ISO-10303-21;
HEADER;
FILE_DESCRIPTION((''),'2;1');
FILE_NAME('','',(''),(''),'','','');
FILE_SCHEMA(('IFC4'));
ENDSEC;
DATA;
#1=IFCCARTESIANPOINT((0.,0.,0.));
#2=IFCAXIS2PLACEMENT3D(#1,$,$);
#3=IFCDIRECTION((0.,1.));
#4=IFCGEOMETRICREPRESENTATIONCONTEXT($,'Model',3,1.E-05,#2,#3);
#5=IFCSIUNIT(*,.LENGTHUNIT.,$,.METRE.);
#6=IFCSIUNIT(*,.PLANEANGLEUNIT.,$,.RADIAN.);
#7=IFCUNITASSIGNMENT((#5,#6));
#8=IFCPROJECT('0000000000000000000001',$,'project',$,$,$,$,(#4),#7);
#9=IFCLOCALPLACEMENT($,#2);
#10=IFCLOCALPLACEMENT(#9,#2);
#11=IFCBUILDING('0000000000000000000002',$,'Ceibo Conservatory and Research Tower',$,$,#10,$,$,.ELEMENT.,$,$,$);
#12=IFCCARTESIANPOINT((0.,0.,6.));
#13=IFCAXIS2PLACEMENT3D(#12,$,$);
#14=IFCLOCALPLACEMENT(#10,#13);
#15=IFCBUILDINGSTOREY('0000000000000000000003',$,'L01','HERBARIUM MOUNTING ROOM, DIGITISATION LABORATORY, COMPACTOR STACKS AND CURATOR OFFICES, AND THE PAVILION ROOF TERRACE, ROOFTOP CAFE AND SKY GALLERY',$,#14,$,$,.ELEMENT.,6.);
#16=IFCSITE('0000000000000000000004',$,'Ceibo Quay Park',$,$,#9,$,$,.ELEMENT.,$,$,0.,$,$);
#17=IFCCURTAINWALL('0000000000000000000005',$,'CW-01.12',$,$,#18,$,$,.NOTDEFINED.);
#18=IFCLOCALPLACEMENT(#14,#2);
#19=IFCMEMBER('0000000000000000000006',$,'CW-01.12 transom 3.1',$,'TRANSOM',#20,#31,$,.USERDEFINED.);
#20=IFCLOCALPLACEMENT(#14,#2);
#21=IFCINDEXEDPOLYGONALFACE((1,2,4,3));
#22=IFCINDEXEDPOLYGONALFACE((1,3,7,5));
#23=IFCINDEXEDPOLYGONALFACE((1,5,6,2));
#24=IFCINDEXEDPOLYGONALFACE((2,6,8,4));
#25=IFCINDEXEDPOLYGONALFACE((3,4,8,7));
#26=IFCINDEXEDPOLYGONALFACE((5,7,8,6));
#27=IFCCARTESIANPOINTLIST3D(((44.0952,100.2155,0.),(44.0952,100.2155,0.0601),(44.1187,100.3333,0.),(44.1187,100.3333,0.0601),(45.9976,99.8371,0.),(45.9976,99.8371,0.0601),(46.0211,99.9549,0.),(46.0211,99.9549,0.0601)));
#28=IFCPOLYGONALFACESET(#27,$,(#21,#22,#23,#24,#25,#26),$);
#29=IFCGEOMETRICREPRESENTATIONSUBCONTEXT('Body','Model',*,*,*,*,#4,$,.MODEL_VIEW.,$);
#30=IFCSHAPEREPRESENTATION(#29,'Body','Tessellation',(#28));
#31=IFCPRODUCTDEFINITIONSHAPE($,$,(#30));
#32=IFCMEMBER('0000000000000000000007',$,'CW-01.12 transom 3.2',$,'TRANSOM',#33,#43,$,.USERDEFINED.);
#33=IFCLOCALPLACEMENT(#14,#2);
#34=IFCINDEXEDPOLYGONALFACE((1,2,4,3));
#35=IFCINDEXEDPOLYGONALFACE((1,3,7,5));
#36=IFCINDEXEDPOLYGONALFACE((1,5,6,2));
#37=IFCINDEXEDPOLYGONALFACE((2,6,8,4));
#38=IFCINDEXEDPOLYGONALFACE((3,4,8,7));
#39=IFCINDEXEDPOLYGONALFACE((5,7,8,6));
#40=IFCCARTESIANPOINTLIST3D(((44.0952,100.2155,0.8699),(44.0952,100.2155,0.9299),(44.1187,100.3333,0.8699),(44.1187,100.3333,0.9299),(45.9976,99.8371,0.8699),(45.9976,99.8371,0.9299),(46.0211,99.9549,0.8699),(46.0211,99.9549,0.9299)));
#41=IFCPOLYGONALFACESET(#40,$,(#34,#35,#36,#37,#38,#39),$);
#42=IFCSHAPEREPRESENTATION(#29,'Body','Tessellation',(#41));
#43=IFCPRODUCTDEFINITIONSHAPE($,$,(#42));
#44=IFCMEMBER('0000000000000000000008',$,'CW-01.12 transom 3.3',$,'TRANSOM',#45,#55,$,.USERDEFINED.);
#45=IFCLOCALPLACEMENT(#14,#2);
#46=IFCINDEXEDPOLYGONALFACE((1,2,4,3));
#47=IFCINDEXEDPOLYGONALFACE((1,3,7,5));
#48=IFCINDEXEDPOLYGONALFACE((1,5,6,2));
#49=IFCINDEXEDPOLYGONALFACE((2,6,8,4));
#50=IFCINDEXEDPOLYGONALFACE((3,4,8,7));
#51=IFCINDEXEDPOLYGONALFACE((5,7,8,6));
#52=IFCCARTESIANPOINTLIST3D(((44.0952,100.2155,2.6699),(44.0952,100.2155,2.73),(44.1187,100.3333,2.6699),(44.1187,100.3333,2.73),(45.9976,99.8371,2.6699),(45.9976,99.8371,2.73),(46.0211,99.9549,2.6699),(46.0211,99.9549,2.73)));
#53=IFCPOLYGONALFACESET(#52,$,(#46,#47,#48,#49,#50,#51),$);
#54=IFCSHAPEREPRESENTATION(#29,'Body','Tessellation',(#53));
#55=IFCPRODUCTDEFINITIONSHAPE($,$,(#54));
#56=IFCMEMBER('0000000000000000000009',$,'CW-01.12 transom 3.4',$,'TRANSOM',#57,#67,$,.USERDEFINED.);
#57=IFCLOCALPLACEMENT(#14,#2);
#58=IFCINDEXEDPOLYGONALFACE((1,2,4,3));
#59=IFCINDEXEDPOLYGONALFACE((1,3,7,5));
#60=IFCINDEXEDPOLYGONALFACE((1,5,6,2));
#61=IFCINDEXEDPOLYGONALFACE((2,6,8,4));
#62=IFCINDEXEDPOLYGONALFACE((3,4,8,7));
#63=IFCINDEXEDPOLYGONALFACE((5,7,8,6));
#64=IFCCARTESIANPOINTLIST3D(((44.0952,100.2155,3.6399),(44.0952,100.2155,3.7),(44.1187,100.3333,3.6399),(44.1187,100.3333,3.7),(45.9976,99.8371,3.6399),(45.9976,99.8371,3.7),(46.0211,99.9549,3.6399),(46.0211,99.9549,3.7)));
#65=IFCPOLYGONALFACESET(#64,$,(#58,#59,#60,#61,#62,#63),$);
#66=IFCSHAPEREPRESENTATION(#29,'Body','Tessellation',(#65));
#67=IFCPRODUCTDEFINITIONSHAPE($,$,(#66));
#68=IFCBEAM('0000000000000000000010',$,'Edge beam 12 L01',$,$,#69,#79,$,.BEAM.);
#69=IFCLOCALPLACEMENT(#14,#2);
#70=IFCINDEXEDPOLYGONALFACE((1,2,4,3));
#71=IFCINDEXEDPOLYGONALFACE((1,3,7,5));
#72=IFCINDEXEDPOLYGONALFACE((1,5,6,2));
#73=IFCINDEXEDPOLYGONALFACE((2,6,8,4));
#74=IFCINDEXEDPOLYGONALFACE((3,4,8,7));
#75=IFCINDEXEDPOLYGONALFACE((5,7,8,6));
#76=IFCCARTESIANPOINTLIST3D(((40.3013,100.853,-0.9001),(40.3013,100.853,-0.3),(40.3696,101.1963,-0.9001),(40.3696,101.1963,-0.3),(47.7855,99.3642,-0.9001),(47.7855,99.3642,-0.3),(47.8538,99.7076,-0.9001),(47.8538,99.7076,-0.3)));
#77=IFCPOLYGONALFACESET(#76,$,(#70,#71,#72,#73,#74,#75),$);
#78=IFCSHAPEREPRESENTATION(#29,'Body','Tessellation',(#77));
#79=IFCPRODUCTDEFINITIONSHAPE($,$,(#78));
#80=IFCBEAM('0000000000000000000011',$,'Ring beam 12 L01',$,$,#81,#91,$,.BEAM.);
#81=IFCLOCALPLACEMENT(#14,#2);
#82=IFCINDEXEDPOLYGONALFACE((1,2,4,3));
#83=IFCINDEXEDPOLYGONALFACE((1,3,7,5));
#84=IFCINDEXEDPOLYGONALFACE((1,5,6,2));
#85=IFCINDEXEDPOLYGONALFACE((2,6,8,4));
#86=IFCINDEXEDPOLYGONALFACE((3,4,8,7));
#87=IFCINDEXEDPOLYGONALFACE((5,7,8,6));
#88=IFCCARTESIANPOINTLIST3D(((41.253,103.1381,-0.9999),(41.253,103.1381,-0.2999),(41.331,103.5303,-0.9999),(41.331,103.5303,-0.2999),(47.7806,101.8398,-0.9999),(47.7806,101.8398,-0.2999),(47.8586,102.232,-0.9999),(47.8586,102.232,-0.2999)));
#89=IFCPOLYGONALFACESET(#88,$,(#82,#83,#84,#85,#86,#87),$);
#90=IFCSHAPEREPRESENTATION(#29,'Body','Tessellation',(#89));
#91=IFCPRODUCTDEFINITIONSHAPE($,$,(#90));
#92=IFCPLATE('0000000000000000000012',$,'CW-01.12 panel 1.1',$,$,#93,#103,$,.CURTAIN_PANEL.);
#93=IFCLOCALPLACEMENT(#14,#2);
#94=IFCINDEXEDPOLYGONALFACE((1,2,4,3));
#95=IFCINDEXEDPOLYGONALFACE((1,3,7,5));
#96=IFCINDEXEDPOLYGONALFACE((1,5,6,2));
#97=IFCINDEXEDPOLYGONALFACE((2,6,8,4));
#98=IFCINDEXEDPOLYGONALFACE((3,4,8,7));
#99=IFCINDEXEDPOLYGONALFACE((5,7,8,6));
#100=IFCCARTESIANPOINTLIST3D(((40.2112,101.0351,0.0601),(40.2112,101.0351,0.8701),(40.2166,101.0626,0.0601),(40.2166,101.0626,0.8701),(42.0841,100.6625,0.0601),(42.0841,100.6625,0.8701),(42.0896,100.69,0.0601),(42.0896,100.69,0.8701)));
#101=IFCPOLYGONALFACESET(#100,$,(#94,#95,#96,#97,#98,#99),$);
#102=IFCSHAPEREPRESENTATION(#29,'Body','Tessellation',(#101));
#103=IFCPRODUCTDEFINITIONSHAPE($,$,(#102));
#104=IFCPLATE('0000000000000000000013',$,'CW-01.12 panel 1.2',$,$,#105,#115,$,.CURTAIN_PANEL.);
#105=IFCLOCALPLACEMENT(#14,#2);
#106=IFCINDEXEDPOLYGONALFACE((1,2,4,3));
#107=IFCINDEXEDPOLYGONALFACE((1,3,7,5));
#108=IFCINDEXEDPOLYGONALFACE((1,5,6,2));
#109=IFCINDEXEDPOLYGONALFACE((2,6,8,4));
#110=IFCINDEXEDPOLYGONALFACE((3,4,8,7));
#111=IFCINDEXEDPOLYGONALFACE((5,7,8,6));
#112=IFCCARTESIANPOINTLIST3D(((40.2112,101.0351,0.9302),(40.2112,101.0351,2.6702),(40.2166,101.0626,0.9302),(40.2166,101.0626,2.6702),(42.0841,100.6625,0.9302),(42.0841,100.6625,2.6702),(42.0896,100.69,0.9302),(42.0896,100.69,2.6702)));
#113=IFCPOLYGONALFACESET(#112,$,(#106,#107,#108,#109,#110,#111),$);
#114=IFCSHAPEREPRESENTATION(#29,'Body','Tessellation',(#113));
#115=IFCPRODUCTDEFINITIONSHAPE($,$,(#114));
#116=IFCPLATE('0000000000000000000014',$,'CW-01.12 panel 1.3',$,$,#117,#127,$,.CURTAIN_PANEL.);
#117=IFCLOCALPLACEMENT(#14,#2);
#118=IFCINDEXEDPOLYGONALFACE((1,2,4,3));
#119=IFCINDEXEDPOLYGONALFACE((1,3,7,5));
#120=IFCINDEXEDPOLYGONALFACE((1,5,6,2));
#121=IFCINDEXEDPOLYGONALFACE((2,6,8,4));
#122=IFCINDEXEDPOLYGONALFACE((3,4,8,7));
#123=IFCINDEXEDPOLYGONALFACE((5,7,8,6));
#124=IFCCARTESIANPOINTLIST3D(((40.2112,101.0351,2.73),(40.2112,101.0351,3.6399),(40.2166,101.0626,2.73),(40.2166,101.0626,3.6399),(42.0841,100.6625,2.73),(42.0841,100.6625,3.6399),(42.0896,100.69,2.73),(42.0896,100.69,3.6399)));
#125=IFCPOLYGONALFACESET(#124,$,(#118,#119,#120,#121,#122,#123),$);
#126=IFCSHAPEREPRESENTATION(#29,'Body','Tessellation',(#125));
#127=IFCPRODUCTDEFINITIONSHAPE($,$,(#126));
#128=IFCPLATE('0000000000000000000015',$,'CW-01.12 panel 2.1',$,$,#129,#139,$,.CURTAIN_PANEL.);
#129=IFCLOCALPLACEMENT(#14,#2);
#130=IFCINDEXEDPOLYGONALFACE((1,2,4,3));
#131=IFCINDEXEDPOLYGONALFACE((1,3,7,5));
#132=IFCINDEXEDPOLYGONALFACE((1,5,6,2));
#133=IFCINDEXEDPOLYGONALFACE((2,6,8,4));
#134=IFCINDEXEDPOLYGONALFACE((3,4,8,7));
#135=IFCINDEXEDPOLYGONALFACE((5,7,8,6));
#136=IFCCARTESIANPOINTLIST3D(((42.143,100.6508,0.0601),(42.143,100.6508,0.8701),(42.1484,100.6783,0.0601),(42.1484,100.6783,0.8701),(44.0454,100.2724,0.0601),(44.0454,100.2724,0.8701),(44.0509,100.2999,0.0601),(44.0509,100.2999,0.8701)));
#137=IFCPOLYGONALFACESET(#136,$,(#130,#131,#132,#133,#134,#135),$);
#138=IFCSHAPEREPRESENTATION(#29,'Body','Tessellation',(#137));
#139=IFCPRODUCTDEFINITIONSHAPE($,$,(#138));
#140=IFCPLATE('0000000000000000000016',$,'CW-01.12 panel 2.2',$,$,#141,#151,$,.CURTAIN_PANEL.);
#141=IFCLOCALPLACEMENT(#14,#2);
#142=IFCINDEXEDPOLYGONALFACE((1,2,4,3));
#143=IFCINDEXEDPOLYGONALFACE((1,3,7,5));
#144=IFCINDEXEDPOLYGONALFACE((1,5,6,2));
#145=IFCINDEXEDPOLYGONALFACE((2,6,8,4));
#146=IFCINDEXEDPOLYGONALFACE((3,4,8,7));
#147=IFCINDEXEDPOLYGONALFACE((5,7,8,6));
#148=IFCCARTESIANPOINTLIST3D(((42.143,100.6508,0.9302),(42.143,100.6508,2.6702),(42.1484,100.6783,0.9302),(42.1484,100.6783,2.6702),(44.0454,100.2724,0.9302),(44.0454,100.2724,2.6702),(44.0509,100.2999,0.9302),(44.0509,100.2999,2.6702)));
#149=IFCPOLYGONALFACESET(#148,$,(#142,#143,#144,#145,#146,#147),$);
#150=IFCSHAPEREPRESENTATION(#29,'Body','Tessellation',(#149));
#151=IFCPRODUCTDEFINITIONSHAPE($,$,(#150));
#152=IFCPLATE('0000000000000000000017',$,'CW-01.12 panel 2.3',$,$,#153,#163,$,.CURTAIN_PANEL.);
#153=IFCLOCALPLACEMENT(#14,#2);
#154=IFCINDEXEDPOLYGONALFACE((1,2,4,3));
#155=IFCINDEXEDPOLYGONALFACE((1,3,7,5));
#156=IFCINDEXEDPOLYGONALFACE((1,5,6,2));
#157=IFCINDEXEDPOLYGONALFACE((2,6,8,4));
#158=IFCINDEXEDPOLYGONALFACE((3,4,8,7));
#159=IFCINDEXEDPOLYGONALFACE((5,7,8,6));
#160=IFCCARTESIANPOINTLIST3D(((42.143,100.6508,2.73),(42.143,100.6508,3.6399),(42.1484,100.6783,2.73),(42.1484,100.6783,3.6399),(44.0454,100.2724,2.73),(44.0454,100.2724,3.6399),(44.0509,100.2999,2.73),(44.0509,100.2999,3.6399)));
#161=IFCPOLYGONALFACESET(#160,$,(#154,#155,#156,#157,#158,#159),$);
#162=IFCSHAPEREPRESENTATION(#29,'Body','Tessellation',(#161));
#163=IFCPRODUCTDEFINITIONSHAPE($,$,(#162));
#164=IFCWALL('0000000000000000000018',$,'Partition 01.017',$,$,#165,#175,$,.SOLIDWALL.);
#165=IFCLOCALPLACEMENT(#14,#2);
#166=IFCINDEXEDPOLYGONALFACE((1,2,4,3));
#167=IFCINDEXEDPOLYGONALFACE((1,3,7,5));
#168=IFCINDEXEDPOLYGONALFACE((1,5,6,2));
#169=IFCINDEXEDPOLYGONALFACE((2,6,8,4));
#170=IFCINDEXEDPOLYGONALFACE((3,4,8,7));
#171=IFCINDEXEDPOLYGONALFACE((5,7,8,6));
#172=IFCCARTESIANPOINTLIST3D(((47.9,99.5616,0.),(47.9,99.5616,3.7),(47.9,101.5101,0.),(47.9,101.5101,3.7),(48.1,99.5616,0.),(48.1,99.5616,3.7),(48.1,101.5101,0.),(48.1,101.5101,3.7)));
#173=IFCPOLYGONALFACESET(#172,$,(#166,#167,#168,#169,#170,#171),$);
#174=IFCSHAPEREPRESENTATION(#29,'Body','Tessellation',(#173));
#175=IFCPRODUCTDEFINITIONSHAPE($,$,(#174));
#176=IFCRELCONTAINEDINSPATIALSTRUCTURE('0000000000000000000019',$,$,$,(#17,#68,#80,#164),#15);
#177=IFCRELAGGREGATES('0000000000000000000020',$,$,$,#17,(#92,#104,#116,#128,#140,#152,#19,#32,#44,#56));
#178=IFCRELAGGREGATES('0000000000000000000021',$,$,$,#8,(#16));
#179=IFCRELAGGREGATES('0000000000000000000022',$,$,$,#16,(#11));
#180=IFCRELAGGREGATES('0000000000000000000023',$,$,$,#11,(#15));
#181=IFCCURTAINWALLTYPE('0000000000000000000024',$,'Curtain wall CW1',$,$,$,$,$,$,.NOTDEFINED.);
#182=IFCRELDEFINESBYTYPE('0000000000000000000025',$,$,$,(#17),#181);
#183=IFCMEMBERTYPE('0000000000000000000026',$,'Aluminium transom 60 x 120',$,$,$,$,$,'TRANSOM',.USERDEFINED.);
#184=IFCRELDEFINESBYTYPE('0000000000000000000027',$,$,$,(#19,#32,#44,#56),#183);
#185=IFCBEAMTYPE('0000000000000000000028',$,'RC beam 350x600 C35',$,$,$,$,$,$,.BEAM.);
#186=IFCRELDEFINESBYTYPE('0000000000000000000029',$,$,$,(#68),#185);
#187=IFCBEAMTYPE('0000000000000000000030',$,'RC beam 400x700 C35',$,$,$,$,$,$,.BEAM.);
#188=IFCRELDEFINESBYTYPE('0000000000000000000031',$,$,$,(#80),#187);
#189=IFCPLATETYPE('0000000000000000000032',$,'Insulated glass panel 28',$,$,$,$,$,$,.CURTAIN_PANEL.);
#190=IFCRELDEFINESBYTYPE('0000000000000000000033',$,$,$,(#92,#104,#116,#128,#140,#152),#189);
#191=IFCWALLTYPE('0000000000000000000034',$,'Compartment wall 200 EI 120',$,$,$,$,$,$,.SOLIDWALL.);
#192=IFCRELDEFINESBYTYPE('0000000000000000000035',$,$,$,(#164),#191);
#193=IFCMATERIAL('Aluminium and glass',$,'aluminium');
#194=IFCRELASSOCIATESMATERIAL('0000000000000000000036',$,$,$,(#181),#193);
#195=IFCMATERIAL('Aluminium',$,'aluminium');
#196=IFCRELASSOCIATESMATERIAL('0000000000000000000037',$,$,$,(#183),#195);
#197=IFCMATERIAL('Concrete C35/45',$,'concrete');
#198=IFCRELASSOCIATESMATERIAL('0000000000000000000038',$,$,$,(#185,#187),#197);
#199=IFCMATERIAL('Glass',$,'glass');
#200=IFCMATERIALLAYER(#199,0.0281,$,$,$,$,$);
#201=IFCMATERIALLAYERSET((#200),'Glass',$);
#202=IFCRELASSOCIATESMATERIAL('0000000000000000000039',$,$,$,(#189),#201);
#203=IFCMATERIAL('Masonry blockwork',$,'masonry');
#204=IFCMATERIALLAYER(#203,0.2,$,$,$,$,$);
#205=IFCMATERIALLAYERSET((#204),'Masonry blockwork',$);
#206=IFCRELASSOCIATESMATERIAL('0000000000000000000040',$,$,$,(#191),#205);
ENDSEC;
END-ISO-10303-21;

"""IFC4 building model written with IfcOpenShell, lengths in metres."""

from ifc_helpers import new_model, si_unit, direction, frame, frame_2d, origin, origin_2d, place, context, subcontext, project, spatial, rectangle, extrude, material, layer, layer_set, material_profile, profile_set, type_object, element, aggregate, save


model = new_model("IFC4")

# Units and contexts
model_context = context("Model", 3, precision=1e-05, world=origin(), true_north=direction((0.0, 1.0)))
body_context = subcontext(model_context, "Body", "Model", "MODEL_VIEW")
ifc_project = project(units=[si_unit("LENGTHUNIT", "METRE"), si_unit("PLANEANGLEUNIT", "RADIAN")], contexts=[model_context])

# Site, building, storey
site_placement = place(None, origin())
site = spatial("IfcSite", under=ifc_project, at=site_placement, Name="Ceibo Quay Park", CompositionType="ELEMENT", RefElevation=0.0)
building_placement = place(site_placement, origin())
building = spatial("IfcBuilding", under=site, at=building_placement, Name="Ceibo Conservatory and Research Tower", CompositionType="ELEMENT")
storey_placement = place(building_placement, frame((0.0, 0.0, 6.0)))
storey = spatial("IfcBuildingStorey", under=building, at=storey_placement, Name="L01", Description="HERBARIUM MOUNTING ROOM, DIGITISATION LABORATORY, COMPACTOR STACKS AND CURATOR OFFICES, AND THE PAVILION ROOF TERRACE, ROOFTOP CAFE AND SKY GALLERY", CompositionType="ELEMENT", Elevation=6.0)

# Curtain wall, members
ifc_material_1 = material(Name="Aluminium and glass", Category="aluminium")
curtain_wall_type = type_object("IfcCurtainWallType", Name="Curtain wall CW1", PredefinedType="NOTDEFINED", material=ifc_material_1)
curtain_wall_placement = place(storey_placement, origin())
curtain_wall = element("IfcCurtainWall", 1, at=curtain_wall_placement, inside=storey, type_object=curtain_wall_type, Name="CW-01.12", PredefinedType="NOTDEFINED")
ifc_material_2 = material(Name="Aluminium", Category="aluminium")
ifc_material_profile_1 = material_profile(ifc_material_2, rectangle(XDim=0.1201, YDim=0.0601, at=origin_2d()), Name="Aluminium 60 x 120")
ifc_profile_set_1 = profile_set([ifc_material_profile_1], Name="Aluminium")
member_type_1 = type_object("IfcMemberType", Name="Aluminium transom 60 x 120", ElementType="TRANSOM", PredefinedType="USERDEFINED", material=ifc_profile_set_1)
member_1_placement = place(storey_placement, frame((44.1069, 100.2744, 0.03), z_axis=(0.980783, -0.195099, 0.0), x_axis=(0.195099, 0.980783, 0.0)))
member_1 = element("IfcMember", 2, at=member_1_placement, type_object=member_type_1, Name="CW-01.12 transom 3.1", ObjectType="TRANSOM", PredefinedType="USERDEFINED", context=body_context, shape_type="SweptSolid", body=[
    extrude(rectangle(XDim=0.1201, YDim=0.0601, at=origin_2d()), origin(), (0.0, 0.0, 1.0), 1.9397),
])
member_2_placement = place(storey_placement, frame((44.1069, 100.2744, 0.8999), z_axis=(0.980783, -0.195099, 0.0), x_axis=(0.195099, 0.980783, 0.0)))
member_2 = element("IfcMember", 3, at=member_2_placement, type_object=member_type_1, Name="CW-01.12 transom 3.2", ObjectType="TRANSOM", PredefinedType="USERDEFINED", context=body_context, shape_type="SweptSolid", body=[
    extrude(rectangle(XDim=0.1201, YDim=0.0601, at=origin_2d()), origin(), (0.0, 0.0, 1.0), 1.9397),
])
member_3_placement = place(storey_placement, frame((44.1069, 100.2744, 2.7), z_axis=(0.980783, -0.195099, 0.0), x_axis=(0.195099, 0.980783, 0.0)))
member_3 = element("IfcMember", 4, at=member_3_placement, type_object=member_type_1, Name="CW-01.12 transom 3.3", ObjectType="TRANSOM", PredefinedType="USERDEFINED", context=body_context, shape_type="SweptSolid", body=[
    extrude(rectangle(XDim=0.1201, YDim=0.0601, at=origin_2d()), origin(), (0.0, 0.0, 1.0), 1.9397),
])
member_4_placement = place(storey_placement, frame((44.1069, 100.2744, 3.6699), z_axis=(0.980783, -0.195099, 0.0), x_axis=(0.195099, 0.980783, 0.0)))
member_4 = element("IfcMember", 5, at=member_4_placement, type_object=member_type_1, Name="CW-01.12 transom 3.4", ObjectType="TRANSOM", PredefinedType="USERDEFINED", context=body_context, shape_type="SweptSolid", body=[
    extrude(rectangle(XDim=0.1201, YDim=0.0601, at=origin_2d()), origin(), (0.0, 0.0, 1.0), 1.9397),
])

# Beams
ifc_material_3 = material(Name="Concrete C35/45", Category="concrete")
ifc_material_profile_2 = material_profile(ifc_material_3, rectangle(XDim=0.3501, YDim=0.6001, at=origin_2d()), Name="RC 350x600")
ifc_profile_set_2 = profile_set([ifc_material_profile_2], Name="Concrete C35/45")
beam_type_1 = type_object("IfcBeamType", Name="RC beam 350x600 C35", PredefinedType="BEAM", material=ifc_profile_set_2)
beam_1_placement = place(storey_placement, frame((40.3354, 101.0247, -0.6001), z_axis=(0.980783, -0.195101, 0.0), x_axis=(0.195101, 0.980783, 0.0)))
element("IfcBeam", 6, at=beam_1_placement, inside=storey, type_object=beam_type_1, Name="Edge beam 12 L01", PredefinedType="BEAM", context=body_context, shape_type="SweptSolid", body=[
    extrude(rectangle(XDim=0.3501, YDim=0.6001, at=origin_2d()), origin(), (0.0, 0.0, 1.0), 7.6309),
])
ifc_material_profile_3 = material_profile(ifc_material_3, rectangle(XDim=0.3999, YDim=0.7, at=origin_2d()), Name="RC 400x700")
ifc_profile_set_3 = profile_set([ifc_material_profile_3], Name="Concrete C35/45")
beam_type_2 = type_object("IfcBeamType", Name="RC beam 400x700 C35", PredefinedType="BEAM", material=ifc_profile_set_3)
beam_2_placement = place(storey_placement, frame((41.292, 103.3342, -0.6499), z_axis=(0.980788, -0.195079, 0.0), x_axis=(0.195079, 0.980788, 0.0)))
element("IfcBeam", 7, at=beam_2_placement, inside=storey, type_object=beam_type_2, Name="Ring beam 12 L01", PredefinedType="BEAM", context=body_context, shape_type="SweptSolid", body=[
    extrude(rectangle(XDim=0.3999, YDim=0.7, at=origin_2d()), origin(), (0.0, 0.0, 1.0), 6.6555),
])

# Plates
ifc_material_4 = material(Name="Glass", Category="glass")
ifc_layer_1 = layer(ifc_material_4, 0.0281)
ifc_layer_set_1 = layer_set([ifc_layer_1], Name="Glass")
plate_type = type_object("IfcPlateType", Name="Insulated glass panel 28", PredefinedType="CURTAIN_PANEL", material=ifc_layer_set_1)
plate_1_placement = place(storey_placement, frame((41.1504, 100.8625, 0.0601), z_axis=(0.0, 0.0, 1.0), x_axis=(0.980785, -0.19509, 0.0)))
plate_1 = element("IfcPlate", 8, at=plate_1_placement, type_object=plate_type, Name="CW-01.12 panel 1.1", PredefinedType="CURTAIN_PANEL", context=body_context, shape_type="SweptSolid", body=[
    extrude(rectangle(XDim=1.9097, YDim=0.0281, at=origin_2d()), origin(), (0.0, 0.0, 1.0), 0.8101),
])
plate_2_placement = place(storey_placement, frame((41.1504, 100.8625, 0.9302), z_axis=(0.0, 0.0, 1.0), x_axis=(0.980785, -0.19509, 0.0)))
plate_2 = element("IfcPlate", 9, at=plate_2_placement, type_object=plate_type, Name="CW-01.12 panel 1.2", PredefinedType="CURTAIN_PANEL", context=body_context, shape_type="SweptSolid", body=[
    extrude(rectangle(XDim=1.9097, YDim=0.0281, at=origin_2d()), origin(), (0.0, 0.0, 1.0), 1.74),
])
plate_3_placement = place(storey_placement, frame((41.1504, 100.8625, 2.73), z_axis=(0.0, 0.0, 1.0), x_axis=(0.980785, -0.19509, 0.0)))
plate_3 = element("IfcPlate", 10, at=plate_3_placement, type_object=plate_type, Name="CW-01.12 panel 1.3", PredefinedType="CURTAIN_PANEL", context=body_context, shape_type="SweptSolid", body=[
    extrude(rectangle(XDim=1.9097, YDim=0.0281, at=origin_2d()), origin(), (0.0, 0.0, 1.0), 0.9099),
])
plate_4_placement = place(storey_placement, frame((43.0969, 100.4753, 0.0601), z_axis=(0.0, 0.0, 1.0), x_axis=(0.980785, -0.19509, 0.0)))
plate_4 = element("IfcPlate", 11, at=plate_4_placement, type_object=plate_type, Name="CW-01.12 panel 2.1", PredefinedType="CURTAIN_PANEL", context=body_context, shape_type="SweptSolid", body=[
    extrude(rectangle(XDim=1.9397, YDim=0.0281, at=origin_2d()), origin(), (0.0, 0.0, 1.0), 0.8101),
])
plate_5_placement = place(storey_placement, frame((43.0969, 100.4753, 0.9302), z_axis=(0.0, 0.0, 1.0), x_axis=(0.980785, -0.19509, 0.0)))
plate_5 = element("IfcPlate", 12, at=plate_5_placement, type_object=plate_type, Name="CW-01.12 panel 2.2", PredefinedType="CURTAIN_PANEL", context=body_context, shape_type="SweptSolid", body=[
    extrude(rectangle(XDim=1.9397, YDim=0.0281, at=origin_2d()), origin(), (0.0, 0.0, 1.0), 1.74),
])
plate_6_placement = place(storey_placement, frame((43.0969, 100.4753, 2.73), z_axis=(0.0, 0.0, 1.0), x_axis=(0.980785, -0.19509, 0.0)))
plate_6 = element("IfcPlate", 13, at=plate_6_placement, type_object=plate_type, Name="CW-01.12 panel 2.3", PredefinedType="CURTAIN_PANEL", context=body_context, shape_type="SweptSolid", body=[
    extrude(rectangle(XDim=1.9397, YDim=0.0281, at=origin_2d()), origin(), (0.0, 0.0, 1.0), 0.9099),
])
aggregate(curtain_wall, [plate_1, plate_2, plate_3, plate_4, plate_5, plate_6, member_1, member_2, member_3, member_4])

# Wall
ifc_material_5 = material(Name="Masonry blockwork", Category="masonry")
ifc_layer_2 = layer(ifc_material_5, 0.2)
ifc_layer_set_2 = layer_set([ifc_layer_2], Name="Masonry blockwork")
wall_type = type_object("IfcWallType", Name="Compartment wall 200 EI 120", PredefinedType="SOLIDWALL", material=ifc_layer_set_2)
wall_placement = place(storey_placement, frame((48.0, 101.51, 0.0), z_axis=(0.0, 0.0, 1.0), x_axis=(0.0, -1.0, 0.0)))
element("IfcWall", 14, at=wall_placement, inside=storey, type_object=wall_type, Name="Partition 01.017", PredefinedType="SOLIDWALL", context=body_context, shape_type="SweptSolid", body=[
    extrude(rectangle(XDim=1.9485, YDim=0.2, at=frame_2d((0.9741, 0.0))), origin(), (0.0, 0.0, 1.0), 3.7),
])

save(model, "model.ifc")
